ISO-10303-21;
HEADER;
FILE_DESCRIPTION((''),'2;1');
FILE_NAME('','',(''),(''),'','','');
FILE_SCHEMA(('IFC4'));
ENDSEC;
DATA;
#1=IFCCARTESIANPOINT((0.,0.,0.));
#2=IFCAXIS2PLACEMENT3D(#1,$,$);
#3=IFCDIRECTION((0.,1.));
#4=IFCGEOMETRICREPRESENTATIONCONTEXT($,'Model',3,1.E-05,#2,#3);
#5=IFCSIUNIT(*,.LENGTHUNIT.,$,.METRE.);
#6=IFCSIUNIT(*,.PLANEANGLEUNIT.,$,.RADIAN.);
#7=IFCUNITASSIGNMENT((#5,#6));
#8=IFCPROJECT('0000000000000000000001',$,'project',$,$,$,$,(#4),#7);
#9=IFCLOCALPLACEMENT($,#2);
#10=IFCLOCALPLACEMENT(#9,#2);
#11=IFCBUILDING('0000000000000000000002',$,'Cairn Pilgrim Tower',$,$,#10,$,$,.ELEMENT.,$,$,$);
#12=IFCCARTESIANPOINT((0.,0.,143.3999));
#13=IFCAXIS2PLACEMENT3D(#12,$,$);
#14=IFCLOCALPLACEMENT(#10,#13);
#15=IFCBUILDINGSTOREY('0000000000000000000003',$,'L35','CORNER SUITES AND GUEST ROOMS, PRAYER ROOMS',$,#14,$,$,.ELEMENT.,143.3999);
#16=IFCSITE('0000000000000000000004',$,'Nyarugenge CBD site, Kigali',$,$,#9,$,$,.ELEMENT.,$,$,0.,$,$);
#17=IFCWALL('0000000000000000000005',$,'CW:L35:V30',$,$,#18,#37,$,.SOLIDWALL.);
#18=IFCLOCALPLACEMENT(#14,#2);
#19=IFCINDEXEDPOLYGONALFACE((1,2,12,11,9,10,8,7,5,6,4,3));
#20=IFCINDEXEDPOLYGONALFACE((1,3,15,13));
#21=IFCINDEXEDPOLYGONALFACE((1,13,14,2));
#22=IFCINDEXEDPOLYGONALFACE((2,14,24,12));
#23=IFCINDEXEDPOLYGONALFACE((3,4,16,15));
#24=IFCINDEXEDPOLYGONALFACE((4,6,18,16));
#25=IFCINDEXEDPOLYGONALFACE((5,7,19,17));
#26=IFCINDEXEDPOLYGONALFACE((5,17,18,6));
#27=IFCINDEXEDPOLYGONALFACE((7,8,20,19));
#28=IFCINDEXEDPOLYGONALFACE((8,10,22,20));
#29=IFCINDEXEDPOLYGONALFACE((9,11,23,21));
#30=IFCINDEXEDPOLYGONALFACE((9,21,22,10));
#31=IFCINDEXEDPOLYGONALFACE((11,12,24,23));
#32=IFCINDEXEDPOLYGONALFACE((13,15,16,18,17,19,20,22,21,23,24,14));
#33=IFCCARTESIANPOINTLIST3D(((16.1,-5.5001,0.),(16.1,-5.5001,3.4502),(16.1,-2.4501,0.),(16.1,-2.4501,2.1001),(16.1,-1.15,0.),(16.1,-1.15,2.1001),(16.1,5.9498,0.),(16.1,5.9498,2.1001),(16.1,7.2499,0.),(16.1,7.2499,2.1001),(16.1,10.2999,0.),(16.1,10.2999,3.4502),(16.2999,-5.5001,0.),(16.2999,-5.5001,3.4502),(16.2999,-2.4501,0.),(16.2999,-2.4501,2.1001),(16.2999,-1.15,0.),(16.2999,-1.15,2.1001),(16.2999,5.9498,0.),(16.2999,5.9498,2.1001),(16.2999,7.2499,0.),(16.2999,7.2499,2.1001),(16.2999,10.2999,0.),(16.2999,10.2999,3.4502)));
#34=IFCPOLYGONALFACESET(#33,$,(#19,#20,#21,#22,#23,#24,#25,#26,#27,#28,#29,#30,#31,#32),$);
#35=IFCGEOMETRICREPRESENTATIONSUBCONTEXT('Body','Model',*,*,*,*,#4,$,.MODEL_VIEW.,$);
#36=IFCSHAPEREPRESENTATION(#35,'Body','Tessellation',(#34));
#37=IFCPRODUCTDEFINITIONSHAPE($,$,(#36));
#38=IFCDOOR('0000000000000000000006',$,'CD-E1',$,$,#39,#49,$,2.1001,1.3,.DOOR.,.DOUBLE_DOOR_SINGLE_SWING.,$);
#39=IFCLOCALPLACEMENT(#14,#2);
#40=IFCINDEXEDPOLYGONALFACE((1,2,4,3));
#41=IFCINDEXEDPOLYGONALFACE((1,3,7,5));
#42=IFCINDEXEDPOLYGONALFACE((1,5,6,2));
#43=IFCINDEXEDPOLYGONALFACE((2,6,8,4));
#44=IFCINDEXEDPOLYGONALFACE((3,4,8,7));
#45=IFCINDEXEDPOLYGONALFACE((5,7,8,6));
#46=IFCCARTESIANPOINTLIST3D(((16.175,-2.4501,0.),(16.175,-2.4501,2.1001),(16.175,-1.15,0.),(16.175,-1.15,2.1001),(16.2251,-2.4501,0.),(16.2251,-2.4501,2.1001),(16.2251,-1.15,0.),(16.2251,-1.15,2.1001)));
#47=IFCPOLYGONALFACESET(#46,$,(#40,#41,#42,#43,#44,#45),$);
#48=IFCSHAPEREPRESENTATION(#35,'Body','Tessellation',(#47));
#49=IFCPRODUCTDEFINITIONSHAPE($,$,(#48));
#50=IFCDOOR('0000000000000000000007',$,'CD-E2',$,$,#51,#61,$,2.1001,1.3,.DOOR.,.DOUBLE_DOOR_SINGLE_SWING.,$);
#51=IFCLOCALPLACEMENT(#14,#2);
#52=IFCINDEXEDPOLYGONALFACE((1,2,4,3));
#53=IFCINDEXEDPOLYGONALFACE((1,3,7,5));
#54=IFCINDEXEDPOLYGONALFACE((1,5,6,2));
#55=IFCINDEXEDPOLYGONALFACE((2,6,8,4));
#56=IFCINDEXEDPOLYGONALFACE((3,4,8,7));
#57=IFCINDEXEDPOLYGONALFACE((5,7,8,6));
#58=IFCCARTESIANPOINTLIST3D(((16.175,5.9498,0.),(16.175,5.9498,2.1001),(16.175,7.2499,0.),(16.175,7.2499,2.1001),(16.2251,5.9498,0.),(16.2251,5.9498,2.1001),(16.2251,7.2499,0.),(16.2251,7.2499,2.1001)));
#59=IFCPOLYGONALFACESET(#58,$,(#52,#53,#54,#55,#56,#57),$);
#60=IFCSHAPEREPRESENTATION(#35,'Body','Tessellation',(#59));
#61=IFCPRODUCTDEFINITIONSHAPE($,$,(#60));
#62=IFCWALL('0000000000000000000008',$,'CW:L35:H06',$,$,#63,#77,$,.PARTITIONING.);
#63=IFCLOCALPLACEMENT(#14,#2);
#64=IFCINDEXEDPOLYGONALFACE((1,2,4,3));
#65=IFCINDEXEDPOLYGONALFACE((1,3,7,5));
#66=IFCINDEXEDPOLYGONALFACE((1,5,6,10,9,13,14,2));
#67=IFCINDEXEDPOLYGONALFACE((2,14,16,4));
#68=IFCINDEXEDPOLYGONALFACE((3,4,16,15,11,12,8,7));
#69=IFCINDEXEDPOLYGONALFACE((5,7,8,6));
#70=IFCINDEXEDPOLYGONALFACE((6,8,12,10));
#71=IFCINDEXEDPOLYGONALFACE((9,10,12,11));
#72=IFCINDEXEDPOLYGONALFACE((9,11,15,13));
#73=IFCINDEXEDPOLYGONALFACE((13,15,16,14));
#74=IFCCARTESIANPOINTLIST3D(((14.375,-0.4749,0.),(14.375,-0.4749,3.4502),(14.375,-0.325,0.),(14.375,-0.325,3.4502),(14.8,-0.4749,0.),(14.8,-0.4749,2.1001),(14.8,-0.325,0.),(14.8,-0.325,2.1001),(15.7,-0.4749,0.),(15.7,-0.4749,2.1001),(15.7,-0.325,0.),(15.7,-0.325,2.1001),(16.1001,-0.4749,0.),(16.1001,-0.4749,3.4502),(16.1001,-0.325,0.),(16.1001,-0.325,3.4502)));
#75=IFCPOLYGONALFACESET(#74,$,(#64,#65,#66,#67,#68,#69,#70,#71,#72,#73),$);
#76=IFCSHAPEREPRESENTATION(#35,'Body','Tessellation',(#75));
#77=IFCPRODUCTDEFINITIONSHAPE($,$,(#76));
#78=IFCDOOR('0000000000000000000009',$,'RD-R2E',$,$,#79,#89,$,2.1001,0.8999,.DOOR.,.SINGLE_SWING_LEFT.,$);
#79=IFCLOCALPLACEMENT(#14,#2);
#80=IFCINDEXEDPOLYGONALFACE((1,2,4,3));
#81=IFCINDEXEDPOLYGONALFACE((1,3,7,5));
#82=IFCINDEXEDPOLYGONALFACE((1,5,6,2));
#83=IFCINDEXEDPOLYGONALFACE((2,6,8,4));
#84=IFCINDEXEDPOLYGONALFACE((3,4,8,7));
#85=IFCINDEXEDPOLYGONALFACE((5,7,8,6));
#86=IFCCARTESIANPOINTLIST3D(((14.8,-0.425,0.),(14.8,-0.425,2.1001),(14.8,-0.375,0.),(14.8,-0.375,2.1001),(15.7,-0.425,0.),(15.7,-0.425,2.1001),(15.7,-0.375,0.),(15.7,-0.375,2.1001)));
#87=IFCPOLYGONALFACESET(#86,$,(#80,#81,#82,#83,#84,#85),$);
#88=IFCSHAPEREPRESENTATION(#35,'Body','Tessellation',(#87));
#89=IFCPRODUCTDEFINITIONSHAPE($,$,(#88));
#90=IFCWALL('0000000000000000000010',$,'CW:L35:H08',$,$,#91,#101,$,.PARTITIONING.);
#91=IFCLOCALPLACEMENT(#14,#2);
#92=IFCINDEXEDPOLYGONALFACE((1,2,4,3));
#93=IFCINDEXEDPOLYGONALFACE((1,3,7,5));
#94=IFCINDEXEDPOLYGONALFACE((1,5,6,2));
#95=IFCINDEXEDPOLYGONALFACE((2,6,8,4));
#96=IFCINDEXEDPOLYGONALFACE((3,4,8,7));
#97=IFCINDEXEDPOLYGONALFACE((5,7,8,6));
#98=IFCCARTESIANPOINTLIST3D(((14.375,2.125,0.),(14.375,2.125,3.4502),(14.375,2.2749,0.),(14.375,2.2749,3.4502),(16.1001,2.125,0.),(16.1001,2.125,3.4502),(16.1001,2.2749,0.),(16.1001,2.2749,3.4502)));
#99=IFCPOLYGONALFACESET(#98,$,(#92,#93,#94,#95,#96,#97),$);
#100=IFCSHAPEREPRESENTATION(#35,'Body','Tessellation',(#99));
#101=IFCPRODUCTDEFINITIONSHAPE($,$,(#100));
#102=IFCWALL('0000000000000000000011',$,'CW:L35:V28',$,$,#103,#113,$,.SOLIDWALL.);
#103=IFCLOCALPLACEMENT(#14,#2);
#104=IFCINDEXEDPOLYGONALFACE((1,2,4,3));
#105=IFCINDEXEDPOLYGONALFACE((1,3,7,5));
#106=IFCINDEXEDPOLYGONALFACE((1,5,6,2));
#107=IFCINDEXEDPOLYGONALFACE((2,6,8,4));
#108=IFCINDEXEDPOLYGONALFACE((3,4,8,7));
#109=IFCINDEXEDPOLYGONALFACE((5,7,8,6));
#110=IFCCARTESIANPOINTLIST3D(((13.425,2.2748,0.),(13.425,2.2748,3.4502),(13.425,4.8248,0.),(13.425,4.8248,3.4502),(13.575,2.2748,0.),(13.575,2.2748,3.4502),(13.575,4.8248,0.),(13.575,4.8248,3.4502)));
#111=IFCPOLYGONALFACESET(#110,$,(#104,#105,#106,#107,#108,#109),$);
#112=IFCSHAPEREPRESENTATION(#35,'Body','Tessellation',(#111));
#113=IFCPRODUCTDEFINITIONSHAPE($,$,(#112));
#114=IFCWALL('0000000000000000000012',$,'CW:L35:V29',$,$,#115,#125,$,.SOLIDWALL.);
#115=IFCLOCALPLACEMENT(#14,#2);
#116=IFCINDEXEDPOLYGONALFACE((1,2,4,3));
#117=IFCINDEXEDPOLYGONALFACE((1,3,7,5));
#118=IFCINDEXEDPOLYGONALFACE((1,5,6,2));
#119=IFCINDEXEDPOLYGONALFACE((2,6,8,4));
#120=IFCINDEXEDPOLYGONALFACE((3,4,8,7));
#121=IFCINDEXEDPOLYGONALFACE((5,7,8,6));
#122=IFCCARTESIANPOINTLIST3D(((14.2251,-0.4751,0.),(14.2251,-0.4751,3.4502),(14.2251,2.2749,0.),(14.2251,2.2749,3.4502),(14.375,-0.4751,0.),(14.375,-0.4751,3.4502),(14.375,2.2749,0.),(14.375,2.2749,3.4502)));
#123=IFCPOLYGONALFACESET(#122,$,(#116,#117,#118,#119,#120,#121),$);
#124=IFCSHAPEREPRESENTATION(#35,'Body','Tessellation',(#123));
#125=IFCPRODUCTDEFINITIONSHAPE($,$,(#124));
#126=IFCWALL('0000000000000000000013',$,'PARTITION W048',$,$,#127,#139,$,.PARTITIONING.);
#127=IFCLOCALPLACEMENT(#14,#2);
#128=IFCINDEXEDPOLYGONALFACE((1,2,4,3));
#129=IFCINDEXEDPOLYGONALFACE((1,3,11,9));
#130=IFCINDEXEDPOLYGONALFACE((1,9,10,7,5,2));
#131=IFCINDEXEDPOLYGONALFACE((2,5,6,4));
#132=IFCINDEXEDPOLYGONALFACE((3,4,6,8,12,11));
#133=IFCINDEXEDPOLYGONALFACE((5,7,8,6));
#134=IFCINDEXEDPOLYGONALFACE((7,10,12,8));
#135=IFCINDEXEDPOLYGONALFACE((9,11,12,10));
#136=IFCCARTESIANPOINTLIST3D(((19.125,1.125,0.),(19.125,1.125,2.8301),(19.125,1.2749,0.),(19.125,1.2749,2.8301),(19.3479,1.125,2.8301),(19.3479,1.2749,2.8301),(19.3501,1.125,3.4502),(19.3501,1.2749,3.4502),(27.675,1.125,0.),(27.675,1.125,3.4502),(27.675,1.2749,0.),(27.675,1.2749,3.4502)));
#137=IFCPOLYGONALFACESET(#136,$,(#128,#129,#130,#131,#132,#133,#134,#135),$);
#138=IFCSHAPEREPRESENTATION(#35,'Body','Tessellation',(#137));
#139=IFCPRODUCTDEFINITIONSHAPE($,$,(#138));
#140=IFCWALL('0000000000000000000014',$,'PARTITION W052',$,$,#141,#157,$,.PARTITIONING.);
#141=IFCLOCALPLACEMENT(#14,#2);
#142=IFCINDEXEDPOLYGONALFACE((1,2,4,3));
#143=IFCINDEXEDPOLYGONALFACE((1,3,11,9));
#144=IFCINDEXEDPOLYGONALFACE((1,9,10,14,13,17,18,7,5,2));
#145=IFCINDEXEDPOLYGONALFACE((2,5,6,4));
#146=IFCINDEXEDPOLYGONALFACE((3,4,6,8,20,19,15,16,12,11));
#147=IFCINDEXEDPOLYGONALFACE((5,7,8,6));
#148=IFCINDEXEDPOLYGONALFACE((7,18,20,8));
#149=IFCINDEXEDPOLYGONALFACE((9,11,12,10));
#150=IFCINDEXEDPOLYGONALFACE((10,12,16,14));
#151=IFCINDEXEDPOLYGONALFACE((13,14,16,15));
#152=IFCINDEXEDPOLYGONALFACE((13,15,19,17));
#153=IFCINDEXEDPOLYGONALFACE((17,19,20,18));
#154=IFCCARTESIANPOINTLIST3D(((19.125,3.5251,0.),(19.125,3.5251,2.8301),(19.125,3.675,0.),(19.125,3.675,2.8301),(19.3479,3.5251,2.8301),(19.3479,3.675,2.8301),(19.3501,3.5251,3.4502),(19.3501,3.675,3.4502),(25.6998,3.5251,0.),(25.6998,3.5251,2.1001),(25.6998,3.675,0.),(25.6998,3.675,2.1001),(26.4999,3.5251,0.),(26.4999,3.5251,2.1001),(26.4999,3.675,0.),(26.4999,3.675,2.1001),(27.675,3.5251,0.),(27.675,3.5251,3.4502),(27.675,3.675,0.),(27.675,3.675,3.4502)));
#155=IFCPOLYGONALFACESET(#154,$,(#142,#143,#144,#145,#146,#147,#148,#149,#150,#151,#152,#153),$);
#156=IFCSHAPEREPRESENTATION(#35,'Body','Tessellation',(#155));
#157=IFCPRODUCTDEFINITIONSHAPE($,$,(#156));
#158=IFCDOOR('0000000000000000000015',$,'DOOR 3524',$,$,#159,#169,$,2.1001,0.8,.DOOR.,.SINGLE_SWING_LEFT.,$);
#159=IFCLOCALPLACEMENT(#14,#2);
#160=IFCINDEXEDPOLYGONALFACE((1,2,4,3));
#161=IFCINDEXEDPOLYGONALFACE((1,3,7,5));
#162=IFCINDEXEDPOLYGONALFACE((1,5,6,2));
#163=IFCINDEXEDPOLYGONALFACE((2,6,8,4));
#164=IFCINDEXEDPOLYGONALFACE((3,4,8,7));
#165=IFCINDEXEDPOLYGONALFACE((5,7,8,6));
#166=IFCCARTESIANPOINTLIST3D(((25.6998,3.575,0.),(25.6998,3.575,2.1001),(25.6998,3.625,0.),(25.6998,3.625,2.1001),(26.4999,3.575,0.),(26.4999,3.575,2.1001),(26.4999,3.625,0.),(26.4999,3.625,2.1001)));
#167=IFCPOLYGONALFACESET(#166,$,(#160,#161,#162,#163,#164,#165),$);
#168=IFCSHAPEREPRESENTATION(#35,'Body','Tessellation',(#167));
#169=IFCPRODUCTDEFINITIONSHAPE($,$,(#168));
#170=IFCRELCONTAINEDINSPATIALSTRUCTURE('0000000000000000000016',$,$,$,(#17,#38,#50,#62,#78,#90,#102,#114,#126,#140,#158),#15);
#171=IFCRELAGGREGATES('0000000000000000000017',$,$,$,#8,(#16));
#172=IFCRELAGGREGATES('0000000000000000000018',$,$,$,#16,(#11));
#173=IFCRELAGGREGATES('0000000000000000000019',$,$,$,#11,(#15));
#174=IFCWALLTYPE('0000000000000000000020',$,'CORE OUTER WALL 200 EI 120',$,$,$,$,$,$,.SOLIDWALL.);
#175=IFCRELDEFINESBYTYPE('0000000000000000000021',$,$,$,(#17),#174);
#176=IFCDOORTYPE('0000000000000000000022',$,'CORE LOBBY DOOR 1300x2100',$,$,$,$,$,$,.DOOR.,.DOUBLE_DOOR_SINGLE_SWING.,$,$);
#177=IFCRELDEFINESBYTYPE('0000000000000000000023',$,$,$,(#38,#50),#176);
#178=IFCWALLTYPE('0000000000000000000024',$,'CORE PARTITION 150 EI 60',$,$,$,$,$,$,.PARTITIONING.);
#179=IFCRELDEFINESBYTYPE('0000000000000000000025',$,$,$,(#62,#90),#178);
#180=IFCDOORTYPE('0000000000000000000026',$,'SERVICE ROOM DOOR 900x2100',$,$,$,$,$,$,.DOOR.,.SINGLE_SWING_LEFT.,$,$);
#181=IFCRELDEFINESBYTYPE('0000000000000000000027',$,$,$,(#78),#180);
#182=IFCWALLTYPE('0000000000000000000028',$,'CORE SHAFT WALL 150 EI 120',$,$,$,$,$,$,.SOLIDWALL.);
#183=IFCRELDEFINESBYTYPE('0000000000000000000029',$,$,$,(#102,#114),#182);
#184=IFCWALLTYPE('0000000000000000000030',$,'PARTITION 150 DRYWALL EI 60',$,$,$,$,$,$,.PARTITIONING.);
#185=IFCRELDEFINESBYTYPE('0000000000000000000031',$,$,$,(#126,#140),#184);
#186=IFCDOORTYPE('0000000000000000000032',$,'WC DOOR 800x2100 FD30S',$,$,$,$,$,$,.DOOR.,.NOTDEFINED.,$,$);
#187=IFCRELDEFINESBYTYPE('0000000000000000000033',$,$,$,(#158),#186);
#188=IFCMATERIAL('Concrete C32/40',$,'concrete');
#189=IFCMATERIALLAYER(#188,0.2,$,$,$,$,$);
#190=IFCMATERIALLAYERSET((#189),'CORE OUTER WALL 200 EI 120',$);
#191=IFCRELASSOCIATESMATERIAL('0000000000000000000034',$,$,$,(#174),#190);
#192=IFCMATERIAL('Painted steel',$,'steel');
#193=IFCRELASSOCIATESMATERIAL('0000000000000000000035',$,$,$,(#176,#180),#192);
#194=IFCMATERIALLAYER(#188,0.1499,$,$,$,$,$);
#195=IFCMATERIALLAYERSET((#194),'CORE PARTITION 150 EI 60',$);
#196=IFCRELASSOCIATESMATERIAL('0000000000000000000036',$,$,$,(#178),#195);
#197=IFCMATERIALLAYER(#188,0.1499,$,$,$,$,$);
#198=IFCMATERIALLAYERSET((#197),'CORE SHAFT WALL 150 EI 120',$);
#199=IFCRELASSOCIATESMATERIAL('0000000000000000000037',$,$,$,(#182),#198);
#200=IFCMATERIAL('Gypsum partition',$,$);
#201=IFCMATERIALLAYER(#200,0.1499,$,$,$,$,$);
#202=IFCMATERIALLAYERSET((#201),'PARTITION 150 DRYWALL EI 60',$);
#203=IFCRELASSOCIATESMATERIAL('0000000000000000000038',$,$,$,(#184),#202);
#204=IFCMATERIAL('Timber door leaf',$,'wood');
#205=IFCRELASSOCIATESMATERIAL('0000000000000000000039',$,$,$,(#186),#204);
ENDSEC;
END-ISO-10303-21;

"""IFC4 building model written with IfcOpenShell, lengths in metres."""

from ifc_helpers import new_model, si_unit, direction, frame, frame_2d, origin, place, context, subcontext, project, spatial, polyline, rectangle, outline, extrude, material, layer, layer_set, type_object, element, fill, save


model = new_model("IFC4")

# Units and contexts
model_context = context("Model", 3, precision=1e-05, world=origin(), true_north=direction((0.0, 1.0)))
body_context = subcontext(model_context, "Body", "Model", "MODEL_VIEW")
ifc_project = project(units=[si_unit("LENGTHUNIT", "METRE"), si_unit("PLANEANGLEUNIT", "RADIAN")], contexts=[model_context])

# Site, building, storey
site_placement = place(None, origin())
site = spatial("IfcSite", under=ifc_project, at=site_placement, Name="Nyarugenge CBD site, Kigali", CompositionType="ELEMENT", RefElevation=0.0)
building_placement = place(site_placement, origin())
building = spatial("IfcBuilding", under=site, at=building_placement, Name="Cairn Pilgrim Tower", CompositionType="ELEMENT")
storey_placement = place(building_placement, frame((0.0, 0.0, 143.3999)))
storey = spatial("IfcBuildingStorey", under=building, at=storey_placement, Name="L35", Description="CORNER SUITES AND GUEST ROOMS, PRAYER ROOMS", CompositionType="ELEMENT", Elevation=143.3999)

# Wall, openings, doors
ifc_material_1 = material(Name="Concrete C32/40", Category="concrete")
ifc_layer_1 = layer(ifc_material_1, 0.2)
ifc_layer_set_1 = layer_set([ifc_layer_1], Name="CORE OUTER WALL 200 EI 120")
wall_type_1 = type_object("IfcWallType", Name="CORE OUTER WALL 200 EI 120", PredefinedType="SOLIDWALL", material=ifc_layer_set_1)
wall_1_placement = place(storey_placement, frame((16.2, -5.5, 0.0), z_axis=(0.0, 0.0, 1.0), x_axis=(0.0, 1.0, 0.0)))
wall_1 = element("IfcWall", 1, at=wall_1_placement, inside=storey, type_object=wall_type_1, Name="CW:L35:V30", PredefinedType="SOLIDWALL", context=body_context, shape_type="SweptSolid", body=[
    extrude(rectangle(XDim=15.8, YDim=0.2, at=frame_2d((7.8999, 0.0))), origin(), (0.0, 0.0, 1.0), 3.4502),
])
opening_1_placement = place(wall_1_placement, frame((3.05, 0.0, 0.0)))
opening_1 = element("IfcOpeningElement", 2, at=opening_1_placement, cuts=wall_1, PredefinedType="OPENING", context=body_context, shape_type="SweptSolid", body=[
    extrude(rectangle(XDim=1.3, YDim=2.1001, at=frame_2d((0.6499, 1.05))), frame((0.0, 0.1099, 0.0), z_axis=(0.0, -1.0, 0.0), x_axis=(1.0, 0.0, 0.0)), (0.0, 0.0, 1.0), 0.22),
])
opening_2_placement = place(wall_1_placement, frame((11.45, 0.0, 0.0)))
opening_2 = element("IfcOpeningElement", 3, at=opening_2_placement, cuts=wall_1, PredefinedType="OPENING", context=body_context, shape_type="SweptSolid", body=[
    extrude(rectangle(XDim=1.3, YDim=2.1001, at=frame_2d((0.6499, 1.05))), frame((0.0, 0.1099, 0.0), z_axis=(0.0, -1.0, 0.0), x_axis=(1.0, 0.0, 0.0)), (0.0, 0.0, 1.0), 0.22),
])
ifc_material_2 = material(Name="Painted steel", Category="steel")
door_type_1 = type_object("IfcDoorType", Name="CORE LOBBY DOOR 1300x2100", OperationType="DOUBLE_DOOR_SINGLE_SWING", PredefinedType="DOOR", material=ifc_material_2)
door_1_placement = place(opening_1_placement, origin())
door_1 = element("IfcDoor", 4, at=door_1_placement, inside=storey, type_object=door_type_1, Name="CD-E1", OperationType="DOUBLE_DOOR_SINGLE_SWING", OverallHeight=2.1001, OverallWidth=1.3, PredefinedType="DOOR", context=body_context, shape_type="SweptSolid", body=[
    extrude(rectangle(XDim=1.3, YDim=2.1001, at=frame_2d((0.6499, 1.05))), frame((0.0, 0.0249, 0.0), z_axis=(0.0, -1.0, 0.0), x_axis=(1.0, 0.0, 0.0)), (0.0, 0.0, 1.0), 0.05),
])
fill(opening_1, door_1)
door_2_placement = place(opening_2_placement, origin())
door_2 = element("IfcDoor", 5, at=door_2_placement, inside=storey, type_object=door_type_1, Name="CD-E2", OperationType="DOUBLE_DOOR_SINGLE_SWING", OverallHeight=2.1001, OverallWidth=1.3, PredefinedType="DOOR", context=body_context, shape_type="SweptSolid", body=[
    extrude(rectangle(XDim=1.3, YDim=2.1001, at=frame_2d((0.6499, 1.05))), frame((0.0, 0.0249, 0.0), z_axis=(0.0, -1.0, 0.0), x_axis=(1.0, 0.0, 0.0)), (0.0, 0.0, 1.0), 0.05),
])
fill(opening_2, door_2)

# Wall, opening, door
ifc_layer_2 = layer(ifc_material_1, 0.1499)
ifc_layer_set_2 = layer_set([ifc_layer_2], Name="CORE PARTITION 150 EI 60")
wall_type_2 = type_object("IfcWallType", Name="CORE PARTITION 150 EI 60", PredefinedType="PARTITIONING", material=ifc_layer_set_2)
wall_2_placement = place(storey_placement, frame((14.375, -0.3999, 0.0), z_axis=(0.0, 0.0, 1.0), x_axis=(1.0, 0.0, 0.0)))
wall_2 = element("IfcWall", 6, at=wall_2_placement, inside=storey, type_object=wall_type_2, Name="CW:L35:H06", PredefinedType="PARTITIONING", context=body_context, shape_type="SweptSolid", body=[
    extrude(rectangle(XDim=1.7251, YDim=0.1499, at=frame_2d((0.8625, 0.0))), origin(), (0.0, 0.0, 1.0), 3.4502),
])
opening_3_placement = place(wall_2_placement, frame((0.425, 0.0, 0.0)))
opening_3 = element("IfcOpeningElement", 7, at=opening_3_placement, cuts=wall_2, PredefinedType="OPENING", context=body_context, shape_type="SweptSolid", body=[
    extrude(rectangle(XDim=0.8999, YDim=2.1001, at=frame_2d((0.45, 1.05))), frame((0.0, 0.085, 0.0), z_axis=(0.0, -1.0, 0.0), x_axis=(1.0, 0.0, 0.0)), (0.0, 0.0, 1.0), 0.1699),
])
door_type_2 = type_object("IfcDoorType", Name="SERVICE ROOM DOOR 900x2100", OperationType="SINGLE_SWING_LEFT", PredefinedType="DOOR", material=ifc_material_2)
door_3_placement = place(opening_3_placement, origin())
door_3 = element("IfcDoor", 8, at=door_3_placement, inside=storey, type_object=door_type_2, Name="RD-R2E", OperationType="SINGLE_SWING_LEFT", OverallHeight=2.1001, OverallWidth=0.8999, PredefinedType="DOOR", context=body_context, shape_type="SweptSolid", body=[
    extrude(rectangle(XDim=0.8999, YDim=2.1001, at=frame_2d((0.45, 1.05))), frame((0.0, 0.0249, 0.0), z_axis=(0.0, -1.0, 0.0), x_axis=(1.0, 0.0, 0.0)), (0.0, 0.0, 1.0), 0.05),
])
fill(opening_3, door_3)

# Walls
wall_3_placement = place(storey_placement, frame((14.375, 2.2, 0.0), z_axis=(0.0, 0.0, 1.0), x_axis=(1.0, 0.0, 0.0)))
element("IfcWall", 9, at=wall_3_placement, inside=storey, type_object=wall_type_2, Name="CW:L35:H08", PredefinedType="PARTITIONING", context=body_context, shape_type="SweptSolid", body=[
    extrude(rectangle(XDim=1.7251, YDim=0.1499, at=frame_2d((0.8625, 0.0))), origin(), (0.0, 0.0, 1.0), 3.4502),
])
ifc_layer_3 = layer(ifc_material_1, 0.1499)
ifc_layer_set_3 = layer_set([ifc_layer_3], Name="CORE SHAFT WALL 150 EI 120")
wall_type_3 = type_object("IfcWallType", Name="CORE SHAFT WALL 150 EI 120", PredefinedType="SOLIDWALL", material=ifc_layer_set_3)
wall_4_placement = place(storey_placement, frame((13.5, 2.2749, 0.0), z_axis=(0.0, 0.0, 1.0), x_axis=(0.0, 1.0, 0.0)))
element("IfcWall", 10, at=wall_4_placement, inside=storey, type_object=wall_type_3, Name="CW:L35:V28", PredefinedType="SOLIDWALL", context=body_context, shape_type="SweptSolid", body=[
    extrude(rectangle(XDim=2.55, YDim=0.1499, at=frame_2d((1.2749, 0.0))), origin(), (0.0, 0.0, 1.0), 3.4502),
])
wall_5_placement = place(storey_placement, frame((14.3, -0.4751, 0.0), z_axis=(0.0, 0.0, 1.0), x_axis=(0.0, 1.0, 0.0)))
element("IfcWall", 11, at=wall_5_placement, inside=storey, type_object=wall_type_3, Name="CW:L35:V29", PredefinedType="SOLIDWALL", context=body_context, shape_type="SweptSolid", body=[
    extrude(rectangle(XDim=2.75, YDim=0.1499, at=frame_2d((1.375, 0.0))), origin(), (0.0, 0.0, 1.0), 3.4502),
])
ifc_material_3 = material(Name="Gypsum partition")
ifc_layer_4 = layer(ifc_material_3, 0.1499)
ifc_layer_set_4 = layer_set([ifc_layer_4], Name="PARTITION 150 DRYWALL EI 60")
wall_type_4 = type_object("IfcWallType", Name="PARTITION 150 DRYWALL EI 60", PredefinedType="PARTITIONING", material=ifc_layer_set_4)
wall_6_placement = place(storey_placement, frame((19.125, 1.2, 0.0), z_axis=(0.0, 0.0, 1.0), x_axis=(1.0, 0.0, 0.0)))
element("IfcWall", 12, at=wall_6_placement, inside=storey, type_object=wall_type_4, Name="PARTITION W048", PredefinedType="PARTITIONING", context=body_context, shape_type="SweptSolid", body=[
    extrude(outline(polyline([(0.0, 0.0), (8.55, 0.0), (8.55, 3.4502), (0.2251, 3.4502), (0.2229, 2.8301), (0.0, 2.8301), (0.0, 0.0)])), frame((0.0, 0.075, 0.0), z_axis=(0.0, -1.0, 0.0), x_axis=(1.0, 0.0, 0.0)), (0.0, 0.0, 1.0), 0.1499),
])

# Wall, opening, door
wall_7_placement = place(storey_placement, frame((19.125, 3.6001, 0.0), z_axis=(0.0, 0.0, 1.0), x_axis=(1.0, 0.0, 0.0)))
wall_7 = element("IfcWall", 13, at=wall_7_placement, inside=storey, type_object=wall_type_4, Name="PARTITION W052", PredefinedType="PARTITIONING", context=body_context, shape_type="SweptSolid", body=[
    extrude(outline(polyline([(0.0, 0.0), (8.55, 0.0), (8.55, 3.4502), (0.2251, 3.4502), (0.2229, 2.8301), (0.0, 2.8301), (0.0, 0.0)])), frame((0.0, 0.075, 0.0), z_axis=(0.0, -1.0, 0.0), x_axis=(1.0, 0.0, 0.0)), (0.0, 0.0, 1.0), 0.1499),
])
opening_4_placement = place(wall_7_placement, frame((6.575, 0.0, 0.0)))
opening_4 = element("IfcOpeningElement", 14, at=opening_4_placement, cuts=wall_7, PredefinedType="OPENING", context=body_context, shape_type="SweptSolid", body=[
    extrude(rectangle(XDim=0.8, YDim=2.1001, at=frame_2d((0.3999, 1.05))), frame((0.0, 0.085, 0.0), z_axis=(0.0, -1.0, 0.0), x_axis=(1.0, 0.0, 0.0)), (0.0, 0.0, 1.0), 0.1699),
])
ifc_material_4 = material(Name="Timber door leaf", Category="wood")
door_type_3 = type_object("IfcDoorType", Name="WC DOOR 800x2100 FD30S", OperationType="NOTDEFINED", PredefinedType="DOOR", material=ifc_material_4)
door_4_placement = place(opening_4_placement, origin())
door_4 = element("IfcDoor", 15, at=door_4_placement, inside=storey, type_object=door_type_3, Name="DOOR 3524", OperationType="SINGLE_SWING_LEFT", OverallHeight=2.1001, OverallWidth=0.8, PredefinedType="DOOR", context=body_context, shape_type="SweptSolid", body=[
    extrude(rectangle(XDim=0.8, YDim=2.1001, at=frame_2d((0.3999, 1.05))), frame((0.0, 0.0249, 0.0), z_axis=(0.0, -1.0, 0.0), x_axis=(1.0, 0.0, 0.0)), (0.0, 0.0, 1.0), 0.05),
])
fill(opening_4, door_4)

save(model, "model.ifc")
